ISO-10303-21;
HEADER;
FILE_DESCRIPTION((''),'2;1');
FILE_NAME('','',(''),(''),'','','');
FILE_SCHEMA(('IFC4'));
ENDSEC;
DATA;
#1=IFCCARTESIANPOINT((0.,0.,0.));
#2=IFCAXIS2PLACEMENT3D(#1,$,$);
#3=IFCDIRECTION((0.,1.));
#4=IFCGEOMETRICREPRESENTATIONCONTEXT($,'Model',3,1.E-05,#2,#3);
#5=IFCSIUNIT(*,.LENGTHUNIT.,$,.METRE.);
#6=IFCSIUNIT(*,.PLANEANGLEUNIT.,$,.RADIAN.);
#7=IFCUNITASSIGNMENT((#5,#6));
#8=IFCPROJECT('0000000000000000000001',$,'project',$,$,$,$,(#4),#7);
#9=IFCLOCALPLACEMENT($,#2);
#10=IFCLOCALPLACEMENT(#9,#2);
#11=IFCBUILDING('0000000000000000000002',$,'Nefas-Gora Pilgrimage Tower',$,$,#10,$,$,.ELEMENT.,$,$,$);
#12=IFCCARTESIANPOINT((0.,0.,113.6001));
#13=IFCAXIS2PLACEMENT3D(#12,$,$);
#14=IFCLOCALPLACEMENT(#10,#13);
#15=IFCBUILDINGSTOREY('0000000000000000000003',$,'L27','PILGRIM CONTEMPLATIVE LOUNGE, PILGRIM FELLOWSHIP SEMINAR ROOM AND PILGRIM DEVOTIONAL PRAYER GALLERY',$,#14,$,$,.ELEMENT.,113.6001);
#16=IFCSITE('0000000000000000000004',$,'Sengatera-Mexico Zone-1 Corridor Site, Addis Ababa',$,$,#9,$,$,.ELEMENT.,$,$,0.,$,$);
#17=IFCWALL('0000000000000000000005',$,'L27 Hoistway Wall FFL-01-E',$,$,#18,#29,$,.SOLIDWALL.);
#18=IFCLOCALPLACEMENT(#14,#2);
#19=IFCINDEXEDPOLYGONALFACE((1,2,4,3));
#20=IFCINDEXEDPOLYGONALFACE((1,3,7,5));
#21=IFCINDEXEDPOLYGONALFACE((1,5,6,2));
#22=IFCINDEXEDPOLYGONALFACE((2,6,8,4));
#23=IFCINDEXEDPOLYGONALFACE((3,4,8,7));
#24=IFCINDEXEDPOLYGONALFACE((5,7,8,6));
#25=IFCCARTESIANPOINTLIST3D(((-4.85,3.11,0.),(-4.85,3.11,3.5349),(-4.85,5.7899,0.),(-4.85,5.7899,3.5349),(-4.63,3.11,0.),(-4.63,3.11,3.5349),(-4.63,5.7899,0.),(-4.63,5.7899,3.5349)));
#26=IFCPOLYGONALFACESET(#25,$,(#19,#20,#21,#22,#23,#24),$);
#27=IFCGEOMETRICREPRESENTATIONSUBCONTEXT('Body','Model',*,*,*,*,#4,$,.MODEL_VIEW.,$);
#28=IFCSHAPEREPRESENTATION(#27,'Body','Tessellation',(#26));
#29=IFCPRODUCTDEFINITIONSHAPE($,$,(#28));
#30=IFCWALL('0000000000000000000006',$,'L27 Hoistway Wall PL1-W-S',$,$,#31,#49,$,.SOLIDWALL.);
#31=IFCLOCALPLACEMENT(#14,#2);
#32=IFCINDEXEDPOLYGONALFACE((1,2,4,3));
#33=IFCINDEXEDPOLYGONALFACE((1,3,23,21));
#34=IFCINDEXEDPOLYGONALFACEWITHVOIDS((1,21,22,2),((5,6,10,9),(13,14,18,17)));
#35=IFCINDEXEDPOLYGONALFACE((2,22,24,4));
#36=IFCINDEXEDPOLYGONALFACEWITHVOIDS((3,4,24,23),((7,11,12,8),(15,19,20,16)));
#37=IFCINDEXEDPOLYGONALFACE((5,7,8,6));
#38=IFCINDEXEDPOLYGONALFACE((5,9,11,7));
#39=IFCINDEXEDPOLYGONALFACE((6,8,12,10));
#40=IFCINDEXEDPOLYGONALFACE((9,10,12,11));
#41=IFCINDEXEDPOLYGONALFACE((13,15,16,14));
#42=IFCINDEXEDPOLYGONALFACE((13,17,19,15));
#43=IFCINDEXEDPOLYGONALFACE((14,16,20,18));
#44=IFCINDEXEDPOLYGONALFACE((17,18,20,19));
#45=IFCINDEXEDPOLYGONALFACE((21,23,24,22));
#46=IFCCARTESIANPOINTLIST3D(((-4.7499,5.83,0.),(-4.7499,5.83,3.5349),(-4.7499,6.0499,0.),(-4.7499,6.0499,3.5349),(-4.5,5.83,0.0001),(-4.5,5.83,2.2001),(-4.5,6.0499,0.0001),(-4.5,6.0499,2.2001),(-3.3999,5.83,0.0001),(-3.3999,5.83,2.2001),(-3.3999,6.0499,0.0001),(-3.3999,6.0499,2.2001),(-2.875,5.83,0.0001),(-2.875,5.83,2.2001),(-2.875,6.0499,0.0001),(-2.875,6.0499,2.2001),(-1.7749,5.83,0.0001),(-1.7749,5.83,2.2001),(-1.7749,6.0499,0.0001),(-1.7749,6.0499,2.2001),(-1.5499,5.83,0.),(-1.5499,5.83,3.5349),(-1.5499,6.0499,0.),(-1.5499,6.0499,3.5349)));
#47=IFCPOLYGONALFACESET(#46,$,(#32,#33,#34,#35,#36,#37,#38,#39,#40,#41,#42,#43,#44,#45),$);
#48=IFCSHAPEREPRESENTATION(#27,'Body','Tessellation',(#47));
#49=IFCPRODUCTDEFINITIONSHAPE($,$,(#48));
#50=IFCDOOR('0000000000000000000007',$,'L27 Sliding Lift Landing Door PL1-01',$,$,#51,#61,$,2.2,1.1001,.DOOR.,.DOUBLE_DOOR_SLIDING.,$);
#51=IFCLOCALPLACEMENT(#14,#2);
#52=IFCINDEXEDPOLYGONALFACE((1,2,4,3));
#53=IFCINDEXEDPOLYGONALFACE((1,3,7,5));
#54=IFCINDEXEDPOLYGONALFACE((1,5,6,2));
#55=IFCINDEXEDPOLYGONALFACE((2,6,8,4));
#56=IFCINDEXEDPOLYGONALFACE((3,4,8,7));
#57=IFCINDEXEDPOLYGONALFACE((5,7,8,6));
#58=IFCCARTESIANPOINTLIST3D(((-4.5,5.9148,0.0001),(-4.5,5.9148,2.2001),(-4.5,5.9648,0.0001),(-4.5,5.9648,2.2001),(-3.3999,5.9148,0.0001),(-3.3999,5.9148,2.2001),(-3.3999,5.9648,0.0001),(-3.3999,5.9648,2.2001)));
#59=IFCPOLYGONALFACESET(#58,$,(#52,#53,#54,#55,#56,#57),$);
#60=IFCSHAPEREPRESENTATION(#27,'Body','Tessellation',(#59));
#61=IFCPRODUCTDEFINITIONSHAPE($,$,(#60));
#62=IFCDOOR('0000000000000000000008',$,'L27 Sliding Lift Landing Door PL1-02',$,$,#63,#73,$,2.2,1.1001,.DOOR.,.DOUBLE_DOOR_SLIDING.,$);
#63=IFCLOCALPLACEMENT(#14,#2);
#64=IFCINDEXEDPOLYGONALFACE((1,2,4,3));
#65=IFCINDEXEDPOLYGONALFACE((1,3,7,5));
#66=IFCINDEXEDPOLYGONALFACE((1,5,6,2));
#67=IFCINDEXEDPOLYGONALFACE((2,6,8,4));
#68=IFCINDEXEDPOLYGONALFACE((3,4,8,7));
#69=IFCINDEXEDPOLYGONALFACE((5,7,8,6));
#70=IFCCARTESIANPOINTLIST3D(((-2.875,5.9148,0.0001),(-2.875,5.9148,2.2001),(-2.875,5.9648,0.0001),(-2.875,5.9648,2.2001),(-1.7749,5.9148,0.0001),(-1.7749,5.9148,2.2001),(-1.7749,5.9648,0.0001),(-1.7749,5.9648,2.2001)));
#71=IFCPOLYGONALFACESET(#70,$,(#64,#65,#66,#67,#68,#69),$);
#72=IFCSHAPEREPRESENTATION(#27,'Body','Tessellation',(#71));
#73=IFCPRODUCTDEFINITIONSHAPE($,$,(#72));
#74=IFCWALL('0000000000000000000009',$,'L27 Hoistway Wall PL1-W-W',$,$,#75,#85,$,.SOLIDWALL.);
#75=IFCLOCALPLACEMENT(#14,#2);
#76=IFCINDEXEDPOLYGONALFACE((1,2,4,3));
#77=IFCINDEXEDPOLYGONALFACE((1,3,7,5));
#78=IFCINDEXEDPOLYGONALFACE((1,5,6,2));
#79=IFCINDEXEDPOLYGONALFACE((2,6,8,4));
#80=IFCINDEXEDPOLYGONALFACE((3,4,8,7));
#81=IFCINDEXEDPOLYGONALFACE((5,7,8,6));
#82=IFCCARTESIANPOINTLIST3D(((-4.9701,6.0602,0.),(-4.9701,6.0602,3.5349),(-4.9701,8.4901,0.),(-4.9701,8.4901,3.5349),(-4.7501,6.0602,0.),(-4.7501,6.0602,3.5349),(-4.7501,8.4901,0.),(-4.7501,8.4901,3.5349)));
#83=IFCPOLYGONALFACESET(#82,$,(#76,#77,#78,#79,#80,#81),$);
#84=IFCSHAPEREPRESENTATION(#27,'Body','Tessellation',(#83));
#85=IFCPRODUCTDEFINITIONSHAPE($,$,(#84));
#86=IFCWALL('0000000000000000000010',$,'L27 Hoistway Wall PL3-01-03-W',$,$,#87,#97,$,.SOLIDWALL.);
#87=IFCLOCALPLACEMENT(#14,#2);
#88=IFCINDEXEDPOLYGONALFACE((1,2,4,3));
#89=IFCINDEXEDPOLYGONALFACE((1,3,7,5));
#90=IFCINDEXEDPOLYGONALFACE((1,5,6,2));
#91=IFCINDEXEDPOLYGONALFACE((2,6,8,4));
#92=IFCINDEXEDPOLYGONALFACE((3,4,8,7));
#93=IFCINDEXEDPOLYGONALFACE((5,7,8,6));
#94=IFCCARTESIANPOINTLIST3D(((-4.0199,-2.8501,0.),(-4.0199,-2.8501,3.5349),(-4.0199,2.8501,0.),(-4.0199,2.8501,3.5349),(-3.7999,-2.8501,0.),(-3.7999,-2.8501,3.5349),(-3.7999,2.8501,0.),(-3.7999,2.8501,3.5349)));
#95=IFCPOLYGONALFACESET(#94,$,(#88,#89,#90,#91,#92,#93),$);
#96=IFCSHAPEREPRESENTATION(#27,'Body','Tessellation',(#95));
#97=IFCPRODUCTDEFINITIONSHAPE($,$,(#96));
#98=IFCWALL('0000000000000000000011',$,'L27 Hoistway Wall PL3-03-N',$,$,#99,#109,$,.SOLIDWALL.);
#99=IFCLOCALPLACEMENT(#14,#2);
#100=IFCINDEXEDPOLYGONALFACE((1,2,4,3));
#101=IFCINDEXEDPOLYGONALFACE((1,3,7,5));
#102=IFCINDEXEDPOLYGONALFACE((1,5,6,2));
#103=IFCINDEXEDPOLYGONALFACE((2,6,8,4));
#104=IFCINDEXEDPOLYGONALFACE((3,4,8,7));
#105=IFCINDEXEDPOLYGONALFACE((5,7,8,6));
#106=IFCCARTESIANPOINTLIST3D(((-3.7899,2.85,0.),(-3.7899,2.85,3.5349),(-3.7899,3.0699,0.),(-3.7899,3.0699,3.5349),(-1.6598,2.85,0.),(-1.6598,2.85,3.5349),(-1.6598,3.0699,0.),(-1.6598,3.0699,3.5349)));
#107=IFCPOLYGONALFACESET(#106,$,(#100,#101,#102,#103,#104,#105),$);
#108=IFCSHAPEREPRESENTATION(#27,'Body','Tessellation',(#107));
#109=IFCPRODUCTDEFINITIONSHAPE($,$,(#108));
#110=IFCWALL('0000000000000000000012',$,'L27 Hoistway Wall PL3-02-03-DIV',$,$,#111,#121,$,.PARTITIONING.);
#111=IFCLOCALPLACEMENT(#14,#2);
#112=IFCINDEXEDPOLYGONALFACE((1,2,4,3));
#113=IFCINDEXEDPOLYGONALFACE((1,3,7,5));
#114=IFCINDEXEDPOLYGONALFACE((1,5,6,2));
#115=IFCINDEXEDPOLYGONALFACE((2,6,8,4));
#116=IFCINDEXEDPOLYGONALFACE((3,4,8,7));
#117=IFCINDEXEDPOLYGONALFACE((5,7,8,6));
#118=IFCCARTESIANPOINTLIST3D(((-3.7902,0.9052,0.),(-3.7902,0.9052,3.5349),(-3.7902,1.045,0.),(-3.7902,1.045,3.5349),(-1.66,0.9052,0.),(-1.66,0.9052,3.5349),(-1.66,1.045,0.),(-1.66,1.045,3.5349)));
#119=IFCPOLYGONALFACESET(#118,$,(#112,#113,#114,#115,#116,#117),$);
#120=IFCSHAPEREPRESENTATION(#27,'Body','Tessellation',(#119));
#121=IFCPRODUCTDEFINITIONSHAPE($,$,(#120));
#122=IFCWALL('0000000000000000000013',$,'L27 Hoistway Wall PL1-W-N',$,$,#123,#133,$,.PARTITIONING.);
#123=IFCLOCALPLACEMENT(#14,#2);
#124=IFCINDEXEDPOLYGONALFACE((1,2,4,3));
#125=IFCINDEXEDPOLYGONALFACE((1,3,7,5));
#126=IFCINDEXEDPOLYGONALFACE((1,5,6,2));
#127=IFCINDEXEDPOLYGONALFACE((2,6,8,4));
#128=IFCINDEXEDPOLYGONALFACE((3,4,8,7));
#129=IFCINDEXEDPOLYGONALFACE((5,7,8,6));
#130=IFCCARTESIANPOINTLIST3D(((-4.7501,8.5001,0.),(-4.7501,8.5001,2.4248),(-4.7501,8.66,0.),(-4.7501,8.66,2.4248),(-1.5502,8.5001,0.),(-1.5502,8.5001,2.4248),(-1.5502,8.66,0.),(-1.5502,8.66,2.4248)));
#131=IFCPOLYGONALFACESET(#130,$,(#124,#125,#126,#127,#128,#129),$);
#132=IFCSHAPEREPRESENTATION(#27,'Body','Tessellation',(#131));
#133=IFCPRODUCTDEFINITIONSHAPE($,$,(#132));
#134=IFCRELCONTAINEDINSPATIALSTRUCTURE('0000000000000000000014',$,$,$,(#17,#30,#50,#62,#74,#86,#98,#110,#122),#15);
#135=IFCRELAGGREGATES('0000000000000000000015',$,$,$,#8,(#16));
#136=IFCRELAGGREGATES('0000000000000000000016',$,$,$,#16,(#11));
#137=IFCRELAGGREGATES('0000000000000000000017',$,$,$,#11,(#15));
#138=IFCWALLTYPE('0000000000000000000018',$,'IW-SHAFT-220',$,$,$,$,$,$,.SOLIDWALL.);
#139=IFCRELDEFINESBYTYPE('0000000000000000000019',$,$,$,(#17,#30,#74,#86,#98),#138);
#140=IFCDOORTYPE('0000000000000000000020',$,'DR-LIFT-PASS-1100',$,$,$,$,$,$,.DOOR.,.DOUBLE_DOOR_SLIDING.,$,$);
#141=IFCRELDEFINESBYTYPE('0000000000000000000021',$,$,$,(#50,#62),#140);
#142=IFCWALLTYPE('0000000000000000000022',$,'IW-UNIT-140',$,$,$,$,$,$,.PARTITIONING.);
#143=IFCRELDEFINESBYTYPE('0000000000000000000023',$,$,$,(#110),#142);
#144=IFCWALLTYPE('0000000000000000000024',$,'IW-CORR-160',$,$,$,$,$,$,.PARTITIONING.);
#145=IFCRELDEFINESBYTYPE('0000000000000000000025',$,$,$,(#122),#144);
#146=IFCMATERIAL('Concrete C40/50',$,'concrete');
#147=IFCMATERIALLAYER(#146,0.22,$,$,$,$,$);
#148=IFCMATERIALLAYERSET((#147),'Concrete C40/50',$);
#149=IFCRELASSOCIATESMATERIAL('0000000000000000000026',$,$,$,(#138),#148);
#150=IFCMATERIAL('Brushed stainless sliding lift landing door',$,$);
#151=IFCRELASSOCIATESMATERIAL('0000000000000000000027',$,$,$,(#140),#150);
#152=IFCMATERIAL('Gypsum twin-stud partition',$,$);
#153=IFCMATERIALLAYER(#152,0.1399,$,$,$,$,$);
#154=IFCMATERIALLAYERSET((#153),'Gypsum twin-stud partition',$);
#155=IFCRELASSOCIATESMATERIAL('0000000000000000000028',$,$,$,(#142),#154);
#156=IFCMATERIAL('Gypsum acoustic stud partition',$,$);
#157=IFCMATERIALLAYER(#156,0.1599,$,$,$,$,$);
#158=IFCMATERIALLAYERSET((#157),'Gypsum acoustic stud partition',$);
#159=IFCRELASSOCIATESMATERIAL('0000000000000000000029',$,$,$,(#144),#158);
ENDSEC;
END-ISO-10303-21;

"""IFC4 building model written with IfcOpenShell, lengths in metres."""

from ifc_helpers import new_model, si_unit, direction, frame, frame_2d, origin, place, context, subcontext, project, spatial, rectangle, extrude, source, transform, mapped, material, layer, layer_set, type_object, element, fill, save


model = new_model("IFC4")

# Units and contexts
model_context = context("Model", 3, precision=1e-05, world=origin(), true_north=direction((0.0, 1.0)))
body_context = subcontext(model_context, "Body", "Model", "MODEL_VIEW")
ifc_project = project(units=[si_unit("LENGTHUNIT", "METRE"), si_unit("PLANEANGLEUNIT", "RADIAN")], contexts=[model_context])

# Site, building, storey
site_placement = place(None, origin())
site = spatial("IfcSite", under=ifc_project, at=site_placement, Name="Sengatera-Mexico Zone-1 Corridor Site, Addis Ababa", CompositionType="ELEMENT", RefElevation=0.0)
building_placement = place(site_placement, origin())
building = spatial("IfcBuilding", under=site, at=building_placement, Name="Nefas-Gora Pilgrimage Tower", CompositionType="ELEMENT")
storey_placement = place(building_placement, frame((0.0, 0.0, 113.6001)))
storey = spatial("IfcBuildingStorey", under=building, at=storey_placement, Name="L27", Description="PILGRIM CONTEMPLATIVE LOUNGE, PILGRIM FELLOWSHIP SEMINAR ROOM AND PILGRIM DEVOTIONAL PRAYER GALLERY", CompositionType="ELEMENT", Elevation=113.6001)

# Shared definitions
ifc_material_1 = material(Name="Concrete C40/50", Category="concrete")

# Wall
ifc_layer_1 = layer(ifc_material_1, 0.22)
ifc_layer_set_1 = layer_set([ifc_layer_1], Name="Concrete C40/50")
wall_type_1 = type_object("IfcWallType", Name="IW-SHAFT-220", PredefinedType="SOLIDWALL", material=ifc_layer_set_1)
shared_shape_1 = source(origin(), body_context, "Body", "SweptSolid", [
    extrude(rectangle(XDim=2.6799, YDim=0.22, at=frame_2d((1.3398, 0.0))), origin(), (0.0, 0.0, 1.0), 3.5349),
])
wall_1_placement = place(storey_placement, frame((-4.74, 3.1101, 0.0), z_axis=(0.0, 0.0, 1.0), x_axis=(0.0, 1.0, 0.0)))
element("IfcWall", 1, at=wall_1_placement, inside=storey, type_object=wall_type_1, Name="L27 Hoistway Wall FFL-01-E", PredefinedType="SOLIDWALL", context=body_context, shape_type="MappedRepresentation", body=[
    mapped(shared_shape_1, transform((0.0, 0.0, 0.0), x_axis=(1.0, 0.0, 0.0), y_axis=(0.0, 1.0, 0.0), z_axis=(0.0, 0.0, 1.0), scale=1.0)),
])

# Wall, openings, doors
shared_shape_2 = source(origin(), body_context, "Body", "SweptSolid", [
    extrude(rectangle(XDim=3.2, YDim=0.22, at=frame_2d((1.6001, 0.0))), origin(), (0.0, 0.0, 1.0), 3.5349),
])
wall_2_placement = place(storey_placement, frame((-4.75, 5.9399, 0.0), z_axis=(0.0, 0.0, 1.0), x_axis=(1.0, 0.0, 0.0)))
wall_2 = element("IfcWall", 2, at=wall_2_placement, inside=storey, type_object=wall_type_1, Name="L27 Hoistway Wall PL1-W-S", PredefinedType="SOLIDWALL", context=body_context, shape_type="MappedRepresentation", body=[
    mapped(shared_shape_2, transform((0.0, 0.0, 0.0), x_axis=(1.0, 0.0, 0.0), y_axis=(0.0, 1.0, 0.0), z_axis=(0.0, 0.0, 1.0), scale=1.0)),
])
opening_1_placement = place(wall_2_placement, frame((0.25, 0.0, 0.0)))
opening_1 = element("IfcOpeningElement", 3, at=opening_1_placement, cuts=wall_2, PredefinedType="OPENING", context=body_context, shape_type="SweptSolid", body=[
    extrude(rectangle(XDim=1.1001, YDim=2.2, at=frame_2d((0.55, 1.1001))), frame((0.0, 0.1199, 0.0), z_axis=(0.0, -1.0, 0.0), x_axis=(1.0, 0.0, 0.0)), (0.0, 0.0, 1.0), 0.24),
])
opening_2_placement = place(wall_2_placement, frame((1.875, 0.0, 0.0)))
opening_2 = element("IfcOpeningElement", 4, at=opening_2_placement, cuts=wall_2, PredefinedType="OPENING", context=body_context, shape_type="SweptSolid", body=[
    extrude(rectangle(XDim=1.1001, YDim=2.2, at=frame_2d((0.55, 1.1001))), frame((0.0, 0.1199, 0.0), z_axis=(0.0, -1.0, 0.0), x_axis=(1.0, 0.0, 0.0)), (0.0, 0.0, 1.0), 0.24),
])
ifc_material_2 = material(Name="Brushed stainless sliding lift landing door")
door_type_1 = type_object("IfcDoorType", Name="DR-LIFT-PASS-1100", OperationType="DOUBLE_DOOR_SLIDING", PredefinedType="DOOR", material=ifc_material_2)
shared_shape_3 = source(origin(), body_context, "Body", "SweptSolid", [
    extrude(rectangle(XDim=1.1001, YDim=2.2, at=frame_2d((0.55, 1.1001))), frame((0.0, 0.0249, 0.0), z_axis=(0.0, -1.0, 0.0), x_axis=(1.0, 0.0, 0.0)), (0.0, 0.0, 1.0), 0.05),
])
door_1_placement = place(opening_1_placement, origin())
door_1 = element("IfcDoor", 5, at=door_1_placement, inside=storey, type_object=door_type_1, Name="L27 Sliding Lift Landing Door PL1-01", OperationType="DOUBLE_DOOR_SLIDING", OverallHeight=2.2, OverallWidth=1.1001, PredefinedType="DOOR", context=body_context, shape_type="MappedRepresentation", body=[
    mapped(shared_shape_3, transform((0.0, 0.0, 0.0), x_axis=(1.0, 0.0, 0.0), y_axis=(0.0, 1.0, 0.0), z_axis=(0.0, 0.0, 1.0), scale=1.0)),
])
fill(opening_1, door_1)
door_2_placement = place(opening_2_placement, origin())
door_2 = element("IfcDoor", 6, at=door_2_placement, inside=storey, type_object=door_type_1, Name="L27 Sliding Lift Landing Door PL1-02", OperationType="DOUBLE_DOOR_SLIDING", OverallHeight=2.2, OverallWidth=1.1001, PredefinedType="DOOR", context=body_context, shape_type="MappedRepresentation", body=[
    mapped(shared_shape_3, transform((0.0, 0.0, 0.0), x_axis=(1.0, 0.0, 0.0), y_axis=(0.0, 1.0, 0.0), z_axis=(0.0, 0.0, 1.0), scale=1.0)),
])
fill(opening_2, door_2)

# Walls
shared_shape_4 = source(origin(), body_context, "Body", "SweptSolid", [
    extrude(rectangle(XDim=2.4299, YDim=0.22, at=frame_2d((1.2148, 0.0))), origin(), (0.0, 0.0, 1.0), 3.5349),
])
for number, where, z_axis, x_axis, name in (
    (7, (-4.8601, 8.49, 0.0), (0.0, 0.0, 1.0), (0.0, -1.0, 0.0), "L27 Hoistway Wall PL1-W-W"),
):
    element("IfcWall", number, at=place(storey_placement, frame(where, z_axis=z_axis, x_axis=x_axis)), inside=storey, type_object=wall_type_1, Name=name, PredefinedType="SOLIDWALL", context=body_context, shape_type="MappedRepresentation", body=[
        mapped(shared_shape_4, transform((0.0, 0.0, 0.0), x_axis=(1.0, 0.0, 0.0), y_axis=(0.0, 1.0, 0.0), z_axis=(0.0, 0.0, 1.0), scale=1.0)),
    ])
ifc_material_3 = material(Name="Gypsum twin-stud partition")
ifc_layer_2 = layer(ifc_material_3, 0.1399)
ifc_layer_set_2 = layer_set([ifc_layer_2], Name="Gypsum twin-stud partition")
wall_type_2 = type_object("IfcWallType", Name="IW-UNIT-140", PredefinedType="PARTITIONING", material=ifc_layer_set_2)
shared_shape_5 = source(origin(), body_context, "Body", "SweptSolid", [
    extrude(rectangle(XDim=5.7002, YDim=0.22, at=frame_2d((2.8501, 0.0))), origin(), (0.0, 0.0, 1.0), 3.5349),
])
wall_3_placement = place(storey_placement, frame((-3.9099, 2.8501, 0.0), z_axis=(0.0, 0.0, 1.0), x_axis=(0.0, -1.0, 0.0)))
element("IfcWall", 8, at=wall_3_placement, inside=storey, type_object=wall_type_1, Name="L27 Hoistway Wall PL3-01-03-W", PredefinedType="SOLIDWALL", context=body_context, shape_type="MappedRepresentation", body=[
    mapped(shared_shape_5, transform((0.0, 0.0, 0.0), x_axis=(1.0, 0.0, 0.0), y_axis=(0.0, 1.0, 0.0), z_axis=(0.0, 0.0, 1.0), scale=1.0)),
])
shared_shape_6 = source(origin(), body_context, "Body", "SweptSolid", [
    extrude(rectangle(XDim=2.1301, YDim=0.22, at=frame_2d((1.0649, 0.0))), origin(), (0.0, 0.0, 1.0), 3.5349),
])
wall_4_placement = place(storey_placement, frame((-1.6599, 2.96, 0.0), z_axis=(0.0, 0.0, 1.0), x_axis=(-1.0, 0.0, 0.0)))
element("IfcWall", 9, at=wall_4_placement, inside=storey, type_object=wall_type_1, Name="L27 Hoistway Wall PL3-03-N", PredefinedType="SOLIDWALL", context=body_context, shape_type="MappedRepresentation", body=[
    mapped(shared_shape_6, transform((0.0, 0.0, 0.0), x_axis=(1.0, 0.0, 0.0), y_axis=(0.0, 1.0, 0.0), z_axis=(0.0, 0.0, 1.0), scale=1.0)),
])
shared_shape_7 = source(origin(), body_context, "Body", "SweptSolid", [
    extrude(rectangle(XDim=2.1301, YDim=0.1399, at=frame_2d((1.0649, 0.0))), origin(), (0.0, 0.0, 1.0), 3.5349),
])
wall_5_placement = place(storey_placement, frame((-3.79, 0.9751, 0.0), z_axis=(0.0, 0.0, 1.0), x_axis=(1.0, 0.0, 0.0)))
element("IfcWall", 10, at=wall_5_placement, inside=storey, type_object=wall_type_2, Name="L27 Hoistway Wall PL3-02-03-DIV", PredefinedType="PARTITIONING", context=body_context, shape_type="MappedRepresentation", body=[
    mapped(shared_shape_7, transform((0.0, 0.0, 0.0), x_axis=(1.0, 0.0, 0.0), y_axis=(0.0, 1.0, 0.0), z_axis=(0.0, 0.0, 1.0), scale=1.0)),
])
ifc_material_4 = material(Name="Gypsum acoustic stud partition")
ifc_layer_3 = layer(ifc_material_4, 0.1599)
ifc_layer_set_3 = layer_set([ifc_layer_3], Name="Gypsum acoustic stud partition")
wall_type_3 = type_object("IfcWallType", Name="IW-CORR-160", PredefinedType="PARTITIONING", material=ifc_layer_set_3)
shared_shape_8 = source(origin(), body_context, "Body", "SweptSolid", [
    extrude(rectangle(XDim=3.2, YDim=0.1599, at=frame_2d((1.6001, 0.0))), origin(), (0.0, 0.0, 1.0), 2.4248),
])
wall_6_placement = place(storey_placement, frame((-1.55, 8.5801, 0.0), z_axis=(0.0, 0.0, 1.0), x_axis=(-1.0, 0.0, 0.0)))
element("IfcWall", 11, at=wall_6_placement, inside=storey, type_object=wall_type_3, Name="L27 Hoistway Wall PL1-W-N", PredefinedType="PARTITIONING", context=body_context, shape_type="MappedRepresentation", body=[
    mapped(shared_shape_8, transform((0.0, 0.0, 0.0), x_axis=(1.0, 0.0, 0.0), y_axis=(0.0, 1.0, 0.0), z_axis=(0.0, 0.0, 1.0), scale=1.0)),
])

save(model, "model.ifc")
